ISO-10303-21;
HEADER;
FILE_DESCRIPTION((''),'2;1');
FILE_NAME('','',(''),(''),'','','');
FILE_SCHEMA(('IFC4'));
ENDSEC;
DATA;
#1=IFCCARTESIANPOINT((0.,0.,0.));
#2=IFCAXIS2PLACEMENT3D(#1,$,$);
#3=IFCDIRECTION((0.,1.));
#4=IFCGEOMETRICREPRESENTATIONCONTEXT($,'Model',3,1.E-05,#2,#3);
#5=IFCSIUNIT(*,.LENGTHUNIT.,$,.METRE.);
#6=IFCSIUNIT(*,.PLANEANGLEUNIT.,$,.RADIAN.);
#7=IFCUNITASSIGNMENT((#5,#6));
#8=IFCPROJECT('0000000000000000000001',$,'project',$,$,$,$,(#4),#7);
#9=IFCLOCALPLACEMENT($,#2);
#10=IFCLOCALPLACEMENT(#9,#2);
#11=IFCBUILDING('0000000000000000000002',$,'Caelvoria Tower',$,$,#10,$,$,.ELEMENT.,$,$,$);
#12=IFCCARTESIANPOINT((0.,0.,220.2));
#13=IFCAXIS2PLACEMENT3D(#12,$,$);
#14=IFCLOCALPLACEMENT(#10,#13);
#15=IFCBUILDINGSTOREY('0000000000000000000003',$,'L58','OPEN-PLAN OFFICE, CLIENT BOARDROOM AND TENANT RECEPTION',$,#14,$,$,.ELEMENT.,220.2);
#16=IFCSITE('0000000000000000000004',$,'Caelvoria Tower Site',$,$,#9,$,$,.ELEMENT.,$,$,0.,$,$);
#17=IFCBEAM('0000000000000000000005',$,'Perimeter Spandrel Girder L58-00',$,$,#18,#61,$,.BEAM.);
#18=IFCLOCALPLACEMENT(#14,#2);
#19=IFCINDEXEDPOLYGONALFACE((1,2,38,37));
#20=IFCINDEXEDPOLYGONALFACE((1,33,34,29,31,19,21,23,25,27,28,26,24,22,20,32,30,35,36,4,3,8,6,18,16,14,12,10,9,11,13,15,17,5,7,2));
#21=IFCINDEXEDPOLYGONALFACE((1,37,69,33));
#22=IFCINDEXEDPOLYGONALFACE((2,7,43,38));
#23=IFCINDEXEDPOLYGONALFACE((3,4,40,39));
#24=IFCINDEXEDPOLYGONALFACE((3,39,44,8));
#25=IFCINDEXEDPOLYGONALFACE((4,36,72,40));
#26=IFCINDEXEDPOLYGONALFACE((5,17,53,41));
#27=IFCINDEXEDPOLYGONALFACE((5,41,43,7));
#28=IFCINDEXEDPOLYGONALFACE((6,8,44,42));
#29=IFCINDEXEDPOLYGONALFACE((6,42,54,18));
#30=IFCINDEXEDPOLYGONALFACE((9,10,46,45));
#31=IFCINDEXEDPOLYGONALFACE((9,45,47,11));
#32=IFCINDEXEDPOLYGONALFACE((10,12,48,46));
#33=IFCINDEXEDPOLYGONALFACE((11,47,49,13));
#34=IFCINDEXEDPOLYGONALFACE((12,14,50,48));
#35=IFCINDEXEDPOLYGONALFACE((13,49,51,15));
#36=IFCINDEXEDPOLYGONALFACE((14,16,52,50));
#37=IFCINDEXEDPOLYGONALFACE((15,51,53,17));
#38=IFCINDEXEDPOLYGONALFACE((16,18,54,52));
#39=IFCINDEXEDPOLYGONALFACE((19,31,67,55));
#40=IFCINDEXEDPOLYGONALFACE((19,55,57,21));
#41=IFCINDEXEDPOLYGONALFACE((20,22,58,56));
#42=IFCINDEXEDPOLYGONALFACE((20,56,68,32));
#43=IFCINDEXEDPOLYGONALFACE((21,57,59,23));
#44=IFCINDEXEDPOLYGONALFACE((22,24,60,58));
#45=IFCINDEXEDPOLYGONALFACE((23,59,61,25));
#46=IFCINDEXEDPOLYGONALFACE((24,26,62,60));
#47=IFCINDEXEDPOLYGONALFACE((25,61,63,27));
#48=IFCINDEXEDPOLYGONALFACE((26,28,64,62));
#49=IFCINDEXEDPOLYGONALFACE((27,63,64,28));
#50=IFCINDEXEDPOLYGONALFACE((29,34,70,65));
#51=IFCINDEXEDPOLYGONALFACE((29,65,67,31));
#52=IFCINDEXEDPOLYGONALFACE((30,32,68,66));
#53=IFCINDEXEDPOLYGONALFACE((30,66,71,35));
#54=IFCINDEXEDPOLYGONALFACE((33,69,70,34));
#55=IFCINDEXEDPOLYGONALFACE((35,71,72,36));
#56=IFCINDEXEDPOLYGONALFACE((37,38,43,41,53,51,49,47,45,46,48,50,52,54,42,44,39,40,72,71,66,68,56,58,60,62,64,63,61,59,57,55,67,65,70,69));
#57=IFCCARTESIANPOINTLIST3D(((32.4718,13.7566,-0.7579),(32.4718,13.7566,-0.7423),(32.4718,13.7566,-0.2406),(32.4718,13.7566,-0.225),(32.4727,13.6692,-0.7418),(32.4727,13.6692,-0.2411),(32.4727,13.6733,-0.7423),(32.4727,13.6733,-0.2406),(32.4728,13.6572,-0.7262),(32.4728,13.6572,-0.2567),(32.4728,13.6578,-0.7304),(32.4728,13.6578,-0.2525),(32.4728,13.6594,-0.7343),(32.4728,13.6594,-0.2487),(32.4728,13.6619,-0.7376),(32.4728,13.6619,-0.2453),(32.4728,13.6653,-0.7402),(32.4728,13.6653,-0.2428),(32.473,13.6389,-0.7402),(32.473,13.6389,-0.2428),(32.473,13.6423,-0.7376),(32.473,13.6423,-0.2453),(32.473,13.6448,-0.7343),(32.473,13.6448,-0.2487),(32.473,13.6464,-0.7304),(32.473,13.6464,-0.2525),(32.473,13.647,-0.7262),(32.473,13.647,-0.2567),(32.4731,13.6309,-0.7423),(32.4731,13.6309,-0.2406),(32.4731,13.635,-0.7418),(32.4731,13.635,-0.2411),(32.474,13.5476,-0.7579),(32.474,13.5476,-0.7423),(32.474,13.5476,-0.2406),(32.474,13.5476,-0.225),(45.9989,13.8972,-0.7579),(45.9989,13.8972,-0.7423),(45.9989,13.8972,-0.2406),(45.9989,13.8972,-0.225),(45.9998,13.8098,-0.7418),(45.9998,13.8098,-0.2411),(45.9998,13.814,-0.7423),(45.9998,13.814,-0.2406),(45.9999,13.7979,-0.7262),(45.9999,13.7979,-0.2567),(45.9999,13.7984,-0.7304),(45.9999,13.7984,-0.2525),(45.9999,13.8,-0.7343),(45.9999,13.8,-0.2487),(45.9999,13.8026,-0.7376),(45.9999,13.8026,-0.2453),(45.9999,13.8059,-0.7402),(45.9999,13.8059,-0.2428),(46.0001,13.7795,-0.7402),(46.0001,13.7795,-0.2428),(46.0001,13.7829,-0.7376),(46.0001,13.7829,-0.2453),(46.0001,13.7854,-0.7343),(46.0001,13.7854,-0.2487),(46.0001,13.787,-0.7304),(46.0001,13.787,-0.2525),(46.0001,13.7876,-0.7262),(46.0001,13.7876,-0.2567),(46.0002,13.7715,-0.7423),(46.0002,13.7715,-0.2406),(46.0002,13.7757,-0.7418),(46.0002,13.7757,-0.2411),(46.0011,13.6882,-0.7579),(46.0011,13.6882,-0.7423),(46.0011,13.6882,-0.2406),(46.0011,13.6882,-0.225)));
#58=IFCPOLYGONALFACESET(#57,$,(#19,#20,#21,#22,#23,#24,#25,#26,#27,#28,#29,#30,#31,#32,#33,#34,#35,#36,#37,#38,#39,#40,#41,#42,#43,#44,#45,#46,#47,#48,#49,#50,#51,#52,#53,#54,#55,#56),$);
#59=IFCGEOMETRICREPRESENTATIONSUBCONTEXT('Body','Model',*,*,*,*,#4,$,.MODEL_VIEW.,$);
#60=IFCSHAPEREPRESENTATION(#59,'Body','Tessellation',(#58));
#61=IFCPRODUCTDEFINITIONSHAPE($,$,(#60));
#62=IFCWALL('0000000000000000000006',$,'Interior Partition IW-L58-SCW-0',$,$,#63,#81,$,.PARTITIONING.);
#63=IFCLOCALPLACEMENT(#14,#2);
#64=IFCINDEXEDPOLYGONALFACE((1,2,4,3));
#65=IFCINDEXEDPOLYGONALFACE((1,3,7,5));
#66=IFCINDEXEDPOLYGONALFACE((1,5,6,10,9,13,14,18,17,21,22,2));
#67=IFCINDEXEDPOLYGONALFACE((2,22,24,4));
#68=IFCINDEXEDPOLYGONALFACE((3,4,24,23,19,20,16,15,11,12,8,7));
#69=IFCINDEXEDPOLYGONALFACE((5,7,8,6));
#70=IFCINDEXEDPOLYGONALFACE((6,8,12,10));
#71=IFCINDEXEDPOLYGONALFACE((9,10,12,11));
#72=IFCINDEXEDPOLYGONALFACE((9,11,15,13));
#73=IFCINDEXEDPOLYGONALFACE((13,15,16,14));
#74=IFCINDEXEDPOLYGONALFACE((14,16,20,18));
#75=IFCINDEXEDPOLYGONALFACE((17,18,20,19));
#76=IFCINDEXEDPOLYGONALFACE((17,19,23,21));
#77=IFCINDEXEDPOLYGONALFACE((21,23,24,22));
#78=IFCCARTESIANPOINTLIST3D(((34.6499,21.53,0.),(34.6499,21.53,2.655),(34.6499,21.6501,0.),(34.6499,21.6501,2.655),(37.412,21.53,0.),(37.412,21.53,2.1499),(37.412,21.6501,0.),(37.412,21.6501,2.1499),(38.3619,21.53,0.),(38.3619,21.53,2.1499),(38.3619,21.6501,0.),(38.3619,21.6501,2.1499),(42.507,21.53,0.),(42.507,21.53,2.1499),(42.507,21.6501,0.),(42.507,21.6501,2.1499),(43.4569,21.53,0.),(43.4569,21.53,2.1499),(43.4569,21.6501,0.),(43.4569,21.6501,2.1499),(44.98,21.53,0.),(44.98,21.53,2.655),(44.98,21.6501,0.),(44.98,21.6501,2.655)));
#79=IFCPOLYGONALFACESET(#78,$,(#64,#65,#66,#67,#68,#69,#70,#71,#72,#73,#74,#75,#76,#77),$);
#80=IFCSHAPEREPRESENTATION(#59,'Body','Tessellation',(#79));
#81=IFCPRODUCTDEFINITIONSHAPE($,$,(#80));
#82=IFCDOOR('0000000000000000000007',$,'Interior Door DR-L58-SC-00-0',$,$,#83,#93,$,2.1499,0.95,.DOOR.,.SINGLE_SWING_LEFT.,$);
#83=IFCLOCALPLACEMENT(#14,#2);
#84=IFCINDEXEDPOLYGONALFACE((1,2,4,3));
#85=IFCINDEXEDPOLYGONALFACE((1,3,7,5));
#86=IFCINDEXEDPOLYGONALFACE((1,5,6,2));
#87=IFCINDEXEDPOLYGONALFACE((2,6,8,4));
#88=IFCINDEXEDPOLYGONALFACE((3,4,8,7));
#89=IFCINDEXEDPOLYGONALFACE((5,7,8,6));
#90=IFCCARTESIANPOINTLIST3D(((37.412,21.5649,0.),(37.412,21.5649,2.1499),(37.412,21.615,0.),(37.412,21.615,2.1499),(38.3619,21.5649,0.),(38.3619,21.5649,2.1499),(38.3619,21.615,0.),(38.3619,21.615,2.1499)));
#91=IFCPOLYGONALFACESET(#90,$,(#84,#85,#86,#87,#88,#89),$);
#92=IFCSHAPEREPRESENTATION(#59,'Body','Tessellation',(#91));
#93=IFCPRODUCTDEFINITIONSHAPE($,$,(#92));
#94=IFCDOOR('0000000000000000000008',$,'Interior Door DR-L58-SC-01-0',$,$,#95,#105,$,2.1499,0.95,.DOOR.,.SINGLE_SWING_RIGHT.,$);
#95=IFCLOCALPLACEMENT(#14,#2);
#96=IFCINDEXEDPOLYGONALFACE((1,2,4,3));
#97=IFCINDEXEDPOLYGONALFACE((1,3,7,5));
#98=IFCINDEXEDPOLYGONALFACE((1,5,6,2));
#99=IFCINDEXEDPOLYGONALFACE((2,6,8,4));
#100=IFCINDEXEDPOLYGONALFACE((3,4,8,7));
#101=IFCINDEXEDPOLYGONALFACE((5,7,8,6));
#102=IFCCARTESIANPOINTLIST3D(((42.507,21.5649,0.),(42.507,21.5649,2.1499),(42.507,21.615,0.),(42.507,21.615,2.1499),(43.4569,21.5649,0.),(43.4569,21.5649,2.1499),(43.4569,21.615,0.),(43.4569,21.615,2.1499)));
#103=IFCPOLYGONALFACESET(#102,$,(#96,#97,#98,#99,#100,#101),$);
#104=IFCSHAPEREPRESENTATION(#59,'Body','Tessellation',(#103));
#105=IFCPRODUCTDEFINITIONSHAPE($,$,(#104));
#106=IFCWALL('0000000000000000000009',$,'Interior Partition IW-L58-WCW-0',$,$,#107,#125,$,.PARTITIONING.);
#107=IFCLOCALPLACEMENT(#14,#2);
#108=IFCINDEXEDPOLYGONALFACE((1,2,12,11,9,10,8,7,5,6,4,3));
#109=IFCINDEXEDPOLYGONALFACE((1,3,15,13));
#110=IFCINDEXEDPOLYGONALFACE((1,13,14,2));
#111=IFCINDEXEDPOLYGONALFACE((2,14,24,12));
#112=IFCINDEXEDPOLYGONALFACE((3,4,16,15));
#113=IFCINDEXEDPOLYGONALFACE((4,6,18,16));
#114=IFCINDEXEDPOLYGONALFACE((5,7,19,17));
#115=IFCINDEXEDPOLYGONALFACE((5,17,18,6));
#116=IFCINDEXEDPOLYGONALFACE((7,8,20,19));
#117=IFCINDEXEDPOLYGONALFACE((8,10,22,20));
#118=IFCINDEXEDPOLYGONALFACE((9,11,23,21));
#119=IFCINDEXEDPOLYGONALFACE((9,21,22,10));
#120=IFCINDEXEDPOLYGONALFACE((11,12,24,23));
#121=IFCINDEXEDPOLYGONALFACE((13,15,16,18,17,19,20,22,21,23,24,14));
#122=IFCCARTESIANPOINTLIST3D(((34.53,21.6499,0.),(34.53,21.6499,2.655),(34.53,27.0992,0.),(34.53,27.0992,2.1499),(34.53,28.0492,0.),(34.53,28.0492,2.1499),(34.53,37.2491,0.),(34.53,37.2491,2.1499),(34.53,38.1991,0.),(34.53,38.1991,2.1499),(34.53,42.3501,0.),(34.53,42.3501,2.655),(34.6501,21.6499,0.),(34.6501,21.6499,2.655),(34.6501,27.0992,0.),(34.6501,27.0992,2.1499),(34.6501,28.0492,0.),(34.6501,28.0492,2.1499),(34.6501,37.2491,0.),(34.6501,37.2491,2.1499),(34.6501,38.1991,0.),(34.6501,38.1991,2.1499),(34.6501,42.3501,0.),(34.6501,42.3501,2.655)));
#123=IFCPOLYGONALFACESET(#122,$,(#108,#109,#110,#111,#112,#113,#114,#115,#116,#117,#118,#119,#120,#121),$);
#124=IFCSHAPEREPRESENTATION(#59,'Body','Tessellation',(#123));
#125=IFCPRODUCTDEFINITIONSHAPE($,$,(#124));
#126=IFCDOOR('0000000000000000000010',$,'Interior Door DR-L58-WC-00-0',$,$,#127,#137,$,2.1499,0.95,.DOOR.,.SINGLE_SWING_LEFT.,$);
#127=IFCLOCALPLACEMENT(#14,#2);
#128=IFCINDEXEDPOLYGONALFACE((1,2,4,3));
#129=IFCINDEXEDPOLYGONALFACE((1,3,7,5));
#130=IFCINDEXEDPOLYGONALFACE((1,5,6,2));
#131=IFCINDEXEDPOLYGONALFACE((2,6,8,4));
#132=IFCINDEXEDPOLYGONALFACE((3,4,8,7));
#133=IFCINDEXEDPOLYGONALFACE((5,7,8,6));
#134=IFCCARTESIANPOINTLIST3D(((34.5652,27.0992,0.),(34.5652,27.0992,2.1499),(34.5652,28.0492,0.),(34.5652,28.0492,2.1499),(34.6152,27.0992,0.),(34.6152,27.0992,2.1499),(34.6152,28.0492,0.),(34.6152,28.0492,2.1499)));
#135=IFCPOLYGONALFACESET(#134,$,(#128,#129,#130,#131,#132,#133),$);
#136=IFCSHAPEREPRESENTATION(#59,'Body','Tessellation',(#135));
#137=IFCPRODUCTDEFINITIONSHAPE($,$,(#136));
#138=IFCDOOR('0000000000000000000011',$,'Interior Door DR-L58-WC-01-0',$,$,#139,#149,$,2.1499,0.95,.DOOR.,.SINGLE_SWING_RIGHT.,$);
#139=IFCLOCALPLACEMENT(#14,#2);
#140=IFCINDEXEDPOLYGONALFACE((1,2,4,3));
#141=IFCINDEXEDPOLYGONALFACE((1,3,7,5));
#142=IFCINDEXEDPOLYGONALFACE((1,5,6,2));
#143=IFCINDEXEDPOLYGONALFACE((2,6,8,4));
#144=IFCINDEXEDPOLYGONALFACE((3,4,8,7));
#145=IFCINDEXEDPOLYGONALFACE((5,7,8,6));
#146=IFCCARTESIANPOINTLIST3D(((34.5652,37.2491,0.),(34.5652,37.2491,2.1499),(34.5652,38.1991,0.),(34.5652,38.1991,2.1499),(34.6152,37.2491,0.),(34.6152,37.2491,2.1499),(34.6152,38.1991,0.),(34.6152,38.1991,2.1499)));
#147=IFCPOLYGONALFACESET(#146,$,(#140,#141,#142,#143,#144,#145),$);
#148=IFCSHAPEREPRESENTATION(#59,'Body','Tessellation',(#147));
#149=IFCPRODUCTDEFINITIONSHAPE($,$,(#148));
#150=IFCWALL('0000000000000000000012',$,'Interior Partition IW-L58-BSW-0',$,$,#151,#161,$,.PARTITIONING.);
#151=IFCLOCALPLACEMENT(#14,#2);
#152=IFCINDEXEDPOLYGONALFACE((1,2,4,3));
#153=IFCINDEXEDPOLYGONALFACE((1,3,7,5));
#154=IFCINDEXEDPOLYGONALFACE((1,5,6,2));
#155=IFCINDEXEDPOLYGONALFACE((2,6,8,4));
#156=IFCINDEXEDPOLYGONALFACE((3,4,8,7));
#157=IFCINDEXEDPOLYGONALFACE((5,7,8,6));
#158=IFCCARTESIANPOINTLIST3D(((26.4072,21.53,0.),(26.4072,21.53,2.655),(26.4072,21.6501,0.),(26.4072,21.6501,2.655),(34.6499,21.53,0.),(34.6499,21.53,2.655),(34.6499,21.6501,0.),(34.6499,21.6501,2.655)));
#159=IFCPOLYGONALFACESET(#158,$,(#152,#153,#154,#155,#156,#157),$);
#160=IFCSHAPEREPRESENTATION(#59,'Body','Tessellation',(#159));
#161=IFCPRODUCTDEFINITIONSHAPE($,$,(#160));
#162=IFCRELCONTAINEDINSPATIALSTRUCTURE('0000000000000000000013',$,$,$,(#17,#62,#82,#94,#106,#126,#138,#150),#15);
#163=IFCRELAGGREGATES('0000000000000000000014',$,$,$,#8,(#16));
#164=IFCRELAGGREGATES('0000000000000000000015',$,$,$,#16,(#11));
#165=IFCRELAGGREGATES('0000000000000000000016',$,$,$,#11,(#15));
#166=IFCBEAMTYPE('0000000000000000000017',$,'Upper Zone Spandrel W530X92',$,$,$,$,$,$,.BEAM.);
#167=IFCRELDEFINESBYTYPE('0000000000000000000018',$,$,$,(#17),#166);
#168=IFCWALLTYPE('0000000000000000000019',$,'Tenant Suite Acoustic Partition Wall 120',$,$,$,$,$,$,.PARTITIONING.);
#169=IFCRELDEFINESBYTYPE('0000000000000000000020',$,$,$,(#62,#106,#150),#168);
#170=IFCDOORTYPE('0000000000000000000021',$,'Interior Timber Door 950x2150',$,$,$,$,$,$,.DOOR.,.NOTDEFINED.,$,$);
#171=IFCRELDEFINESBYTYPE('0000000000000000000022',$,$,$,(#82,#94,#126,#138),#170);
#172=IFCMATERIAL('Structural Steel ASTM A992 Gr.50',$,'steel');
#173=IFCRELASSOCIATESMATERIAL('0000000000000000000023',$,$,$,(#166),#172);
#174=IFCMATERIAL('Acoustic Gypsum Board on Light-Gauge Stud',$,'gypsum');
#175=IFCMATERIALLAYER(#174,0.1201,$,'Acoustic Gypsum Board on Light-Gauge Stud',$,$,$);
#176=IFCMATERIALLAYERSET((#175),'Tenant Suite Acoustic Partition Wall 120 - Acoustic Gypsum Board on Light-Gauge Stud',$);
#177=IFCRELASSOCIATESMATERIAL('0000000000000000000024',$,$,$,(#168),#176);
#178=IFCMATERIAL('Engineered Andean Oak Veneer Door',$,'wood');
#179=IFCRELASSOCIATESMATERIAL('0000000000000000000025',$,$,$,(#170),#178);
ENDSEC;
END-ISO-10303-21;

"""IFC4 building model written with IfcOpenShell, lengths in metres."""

from ifc_helpers import new_model, si_unit, direction, frame, frame_2d, origin, origin_2d, place, context, subcontext, project, spatial, rectangle, i_section, extrude, material, layer, layer_set, material_profile, profile_set, type_object, element, fill, save


model = new_model("IFC4")

# Units and contexts
model_context = context("Model", 3, precision=1e-05, world=origin(), true_north=direction((0.0, 1.0)))
body_context = subcontext(model_context, "Body", "Model", "MODEL_VIEW")
ifc_project = project(units=[si_unit("LENGTHUNIT", "METRE"), si_unit("PLANEANGLEUNIT", "RADIAN")], contexts=[model_context])

# Site, building, storey
site_placement = place(None, origin())
site = spatial("IfcSite", under=ifc_project, at=site_placement, Name="Caelvoria Tower Site", CompositionType="ELEMENT", RefElevation=0.0)
building_placement = place(site_placement, origin())
building = spatial("IfcBuilding", under=site, at=building_placement, Name="Caelvoria Tower", CompositionType="ELEMENT")
storey_placement = place(building_placement, frame((0.0, 0.0, 220.2)))
storey = spatial("IfcBuildingStorey", under=building, at=storey_placement, Name="L58", Description="OPEN-PLAN OFFICE, CLIENT BOARDROOM AND TENANT RECEPTION", CompositionType="ELEMENT", Elevation=220.2)

# Beam
ifc_material_1 = material(Name="Structural Steel ASTM A992 Gr.50", Category="steel")
ifc_material_profile_1 = material_profile(ifc_material_1, i_section(OverallWidth=0.209, OverallDepth=0.533, WebThickness=0.0103, FlangeThickness=0.0156, FilletRadius=0.0161, at=origin_2d()), Name="Structural Steel ASTM A992 Gr.50")
ifc_profile_set_1 = profile_set([ifc_material_profile_1], Name="W530X92 - Structural Steel ASTM A992 Gr.50")
beam_type_1 = type_object("IfcBeamType", Name="Upper Zone Spandrel W530X92", PredefinedType="BEAM", material=ifc_profile_set_1)
beam_1_placement = place(storey_placement, frame((32.4729, 13.6521, -0.4915), z_axis=(0.999946, 0.010395, 0.0), x_axis=(-0.010395, 0.999946, 0.0)))
element("IfcBeam", 1, at=beam_1_placement, inside=storey, type_object=beam_type_1, Name="Perimeter Spandrel Girder L58-00", PredefinedType="BEAM", context=body_context, shape_type="SweptSolid", body=[
    extrude(i_section(OverallWidth=0.209, OverallDepth=0.533, WebThickness=0.0103, FlangeThickness=0.0156, FilletRadius=0.0161, at=origin_2d()), origin(), (0.0, 0.0, 1.0), 13.5278),
])

# Walls, openings, doors
ifc_material_2 = material(Name="Acoustic Gypsum Board on Light-Gauge Stud", Category="gypsum")
ifc_layer_1 = layer(ifc_material_2, 0.1201, Name="Acoustic Gypsum Board on Light-Gauge Stud")
ifc_layer_set_1 = layer_set([ifc_layer_1], Name="Tenant Suite Acoustic Partition Wall 120 - Acoustic Gypsum Board on Light-Gauge Stud")
wall_type_1 = type_object("IfcWallType", Name="Tenant Suite Acoustic Partition Wall 120", PredefinedType="PARTITIONING", material=ifc_layer_set_1)
wall_1_placement = place(storey_placement, frame((34.6499, 21.5901, 0.0), z_axis=(0.0, 0.0, 1.0), x_axis=(1.0, 0.0, 0.0)))
wall_1 = element("IfcWall", 2, at=wall_1_placement, inside=storey, type_object=wall_type_1, Name="Interior Partition IW-L58-SCW-0", PredefinedType="PARTITIONING", context=body_context, shape_type="SweptSolid", body=[
    extrude(rectangle(XDim=10.3301, YDim=0.1201, at=frame_2d((5.165, 0.0))), origin(), (0.0, 0.0, 1.0), 2.655),
])
opening_1_placement = place(wall_1_placement, frame((2.762, 0.0, 0.0)))
opening_1 = element("IfcOpeningElement", 3, at=opening_1_placement, cuts=wall_1, PredefinedType="OPENING", context=body_context, shape_type="SweptSolid", body=[
    extrude(rectangle(XDim=0.95, YDim=2.1499, at=frame_2d((0.4751, 1.075))), frame((0.0, 0.0701, 0.0), z_axis=(0.0, -1.0, 0.0), x_axis=(1.0, 0.0, 0.0)), (0.0, 0.0, 1.0), 0.1401),
])
opening_2_placement = place(wall_1_placement, frame((7.8569, 0.0, 0.0)))
opening_2 = element("IfcOpeningElement", 4, at=opening_2_placement, cuts=wall_1, PredefinedType="OPENING", context=body_context, shape_type="SweptSolid", body=[
    extrude(rectangle(XDim=0.95, YDim=2.1499, at=frame_2d((0.4751, 1.075))), frame((0.0, 0.0701, 0.0), z_axis=(0.0, -1.0, 0.0), x_axis=(1.0, 0.0, 0.0)), (0.0, 0.0, 1.0), 0.1401),
])
ifc_material_3 = material(Name="Engineered Andean Oak Veneer Door", Category="wood")
door_type_1 = type_object("IfcDoorType", Name="Interior Timber Door 950x2150", OperationType="NOTDEFINED", PredefinedType="DOOR", material=ifc_material_3)
door_1_placement = place(opening_1_placement, origin())
door_1 = element("IfcDoor", 5, at=door_1_placement, inside=storey, type_object=door_type_1, Name="Interior Door DR-L58-SC-00-0", OperationType="SINGLE_SWING_LEFT", OverallHeight=2.1499, OverallWidth=0.95, PredefinedType="DOOR", context=body_context, shape_type="SweptSolid", body=[
    extrude(rectangle(XDim=0.95, YDim=2.1499, at=frame_2d((0.4751, 1.075))), frame((0.0, 0.0249, 0.0), z_axis=(0.0, -1.0, 0.0), x_axis=(1.0, 0.0, 0.0)), (0.0, 0.0, 1.0), 0.05),
])
fill(opening_1, door_1)
door_2_placement = place(opening_2_placement, origin())
door_2 = element("IfcDoor", 6, at=door_2_placement, inside=storey, type_object=door_type_1, Name="Interior Door DR-L58-SC-01-0", OperationType="SINGLE_SWING_RIGHT", OverallHeight=2.1499, OverallWidth=0.95, PredefinedType="DOOR", context=body_context, shape_type="SweptSolid", body=[
    extrude(rectangle(XDim=0.95, YDim=2.1499, at=frame_2d((0.4751, 1.075))), frame((0.0, 0.0249, 0.0), z_axis=(0.0, -1.0, 0.0), x_axis=(1.0, 0.0, 0.0)), (0.0, 0.0, 1.0), 0.05),
])
fill(opening_2, door_2)
wall_2_placement = place(storey_placement, frame((34.5901, 21.6499, 0.0), z_axis=(0.0, 0.0, 1.0), x_axis=(0.0, 1.0, 0.0)))
wall_2 = element("IfcWall", 7, at=wall_2_placement, inside=storey, type_object=wall_type_1, Name="Interior Partition IW-L58-WCW-0", PredefinedType="PARTITIONING", context=body_context, shape_type="SweptSolid", body=[
    extrude(rectangle(XDim=20.7002, YDim=0.1201, at=frame_2d((10.3501, 0.0))), origin(), (0.0, 0.0, 1.0), 2.655),
])
opening_3_placement = place(wall_2_placement, frame((5.4492, 0.0, 0.0)))
opening_3 = element("IfcOpeningElement", 8, at=opening_3_placement, cuts=wall_2, PredefinedType="OPENING", context=body_context, shape_type="SweptSolid", body=[
    extrude(rectangle(XDim=0.95, YDim=2.1499, at=frame_2d((0.4751, 1.075))), frame((0.0, 0.0701, 0.0), z_axis=(0.0, -1.0, 0.0), x_axis=(1.0, 0.0, 0.0)), (0.0, 0.0, 1.0), 0.1401),
])
opening_4_placement = place(wall_2_placement, frame((15.5991, 0.0, 0.0)))
opening_4 = element("IfcOpeningElement", 9, at=opening_4_placement, cuts=wall_2, PredefinedType="OPENING", context=body_context, shape_type="SweptSolid", body=[
    extrude(rectangle(XDim=0.95, YDim=2.1499, at=frame_2d((0.4751, 1.075))), frame((0.0, 0.0701, 0.0), z_axis=(0.0, -1.0, 0.0), x_axis=(1.0, 0.0, 0.0)), (0.0, 0.0, 1.0), 0.1401),
])
door_3_placement = place(opening_3_placement, origin())
door_3 = element("IfcDoor", 10, at=door_3_placement, inside=storey, type_object=door_type_1, Name="Interior Door DR-L58-WC-00-0", OperationType="SINGLE_SWING_LEFT", OverallHeight=2.1499, OverallWidth=0.95, PredefinedType="DOOR", context=body_context, shape_type="SweptSolid", body=[
    extrude(rectangle(XDim=0.95, YDim=2.1499, at=frame_2d((0.4751, 1.075))), frame((0.0, 0.0249, 0.0), z_axis=(0.0, -1.0, 0.0), x_axis=(1.0, 0.0, 0.0)), (0.0, 0.0, 1.0), 0.05),
])
fill(opening_3, door_3)
door_4_placement = place(opening_4_placement, origin())
door_4 = element("IfcDoor", 11, at=door_4_placement, inside=storey, type_object=door_type_1, Name="Interior Door DR-L58-WC-01-0", OperationType="SINGLE_SWING_RIGHT", OverallHeight=2.1499, OverallWidth=0.95, PredefinedType="DOOR", context=body_context, shape_type="SweptSolid", body=[
    extrude(rectangle(XDim=0.95, YDim=2.1499, at=frame_2d((0.4751, 1.075))), frame((0.0, 0.0249, 0.0), z_axis=(0.0, -1.0, 0.0), x_axis=(1.0, 0.0, 0.0)), (0.0, 0.0, 1.0), 0.05),
])
fill(opening_4, door_4)

# Wall
wall_3_placement = place(storey_placement, frame((34.6499, 21.5901, 0.0), z_axis=(0.0, 0.0, 1.0), x_axis=(-1.0, 0.0, 0.0)))
element("IfcWall", 12, at=wall_3_placement, inside=storey, type_object=wall_type_1, Name="Interior Partition IW-L58-BSW-0", PredefinedType="PARTITIONING", context=body_context, shape_type="SweptSolid", body=[
    extrude(rectangle(XDim=8.2427, YDim=0.1201, at=frame_2d((4.1213, 0.0))), origin(), (0.0, 0.0, 1.0), 2.655),
])

save(model, "model.ifc")
